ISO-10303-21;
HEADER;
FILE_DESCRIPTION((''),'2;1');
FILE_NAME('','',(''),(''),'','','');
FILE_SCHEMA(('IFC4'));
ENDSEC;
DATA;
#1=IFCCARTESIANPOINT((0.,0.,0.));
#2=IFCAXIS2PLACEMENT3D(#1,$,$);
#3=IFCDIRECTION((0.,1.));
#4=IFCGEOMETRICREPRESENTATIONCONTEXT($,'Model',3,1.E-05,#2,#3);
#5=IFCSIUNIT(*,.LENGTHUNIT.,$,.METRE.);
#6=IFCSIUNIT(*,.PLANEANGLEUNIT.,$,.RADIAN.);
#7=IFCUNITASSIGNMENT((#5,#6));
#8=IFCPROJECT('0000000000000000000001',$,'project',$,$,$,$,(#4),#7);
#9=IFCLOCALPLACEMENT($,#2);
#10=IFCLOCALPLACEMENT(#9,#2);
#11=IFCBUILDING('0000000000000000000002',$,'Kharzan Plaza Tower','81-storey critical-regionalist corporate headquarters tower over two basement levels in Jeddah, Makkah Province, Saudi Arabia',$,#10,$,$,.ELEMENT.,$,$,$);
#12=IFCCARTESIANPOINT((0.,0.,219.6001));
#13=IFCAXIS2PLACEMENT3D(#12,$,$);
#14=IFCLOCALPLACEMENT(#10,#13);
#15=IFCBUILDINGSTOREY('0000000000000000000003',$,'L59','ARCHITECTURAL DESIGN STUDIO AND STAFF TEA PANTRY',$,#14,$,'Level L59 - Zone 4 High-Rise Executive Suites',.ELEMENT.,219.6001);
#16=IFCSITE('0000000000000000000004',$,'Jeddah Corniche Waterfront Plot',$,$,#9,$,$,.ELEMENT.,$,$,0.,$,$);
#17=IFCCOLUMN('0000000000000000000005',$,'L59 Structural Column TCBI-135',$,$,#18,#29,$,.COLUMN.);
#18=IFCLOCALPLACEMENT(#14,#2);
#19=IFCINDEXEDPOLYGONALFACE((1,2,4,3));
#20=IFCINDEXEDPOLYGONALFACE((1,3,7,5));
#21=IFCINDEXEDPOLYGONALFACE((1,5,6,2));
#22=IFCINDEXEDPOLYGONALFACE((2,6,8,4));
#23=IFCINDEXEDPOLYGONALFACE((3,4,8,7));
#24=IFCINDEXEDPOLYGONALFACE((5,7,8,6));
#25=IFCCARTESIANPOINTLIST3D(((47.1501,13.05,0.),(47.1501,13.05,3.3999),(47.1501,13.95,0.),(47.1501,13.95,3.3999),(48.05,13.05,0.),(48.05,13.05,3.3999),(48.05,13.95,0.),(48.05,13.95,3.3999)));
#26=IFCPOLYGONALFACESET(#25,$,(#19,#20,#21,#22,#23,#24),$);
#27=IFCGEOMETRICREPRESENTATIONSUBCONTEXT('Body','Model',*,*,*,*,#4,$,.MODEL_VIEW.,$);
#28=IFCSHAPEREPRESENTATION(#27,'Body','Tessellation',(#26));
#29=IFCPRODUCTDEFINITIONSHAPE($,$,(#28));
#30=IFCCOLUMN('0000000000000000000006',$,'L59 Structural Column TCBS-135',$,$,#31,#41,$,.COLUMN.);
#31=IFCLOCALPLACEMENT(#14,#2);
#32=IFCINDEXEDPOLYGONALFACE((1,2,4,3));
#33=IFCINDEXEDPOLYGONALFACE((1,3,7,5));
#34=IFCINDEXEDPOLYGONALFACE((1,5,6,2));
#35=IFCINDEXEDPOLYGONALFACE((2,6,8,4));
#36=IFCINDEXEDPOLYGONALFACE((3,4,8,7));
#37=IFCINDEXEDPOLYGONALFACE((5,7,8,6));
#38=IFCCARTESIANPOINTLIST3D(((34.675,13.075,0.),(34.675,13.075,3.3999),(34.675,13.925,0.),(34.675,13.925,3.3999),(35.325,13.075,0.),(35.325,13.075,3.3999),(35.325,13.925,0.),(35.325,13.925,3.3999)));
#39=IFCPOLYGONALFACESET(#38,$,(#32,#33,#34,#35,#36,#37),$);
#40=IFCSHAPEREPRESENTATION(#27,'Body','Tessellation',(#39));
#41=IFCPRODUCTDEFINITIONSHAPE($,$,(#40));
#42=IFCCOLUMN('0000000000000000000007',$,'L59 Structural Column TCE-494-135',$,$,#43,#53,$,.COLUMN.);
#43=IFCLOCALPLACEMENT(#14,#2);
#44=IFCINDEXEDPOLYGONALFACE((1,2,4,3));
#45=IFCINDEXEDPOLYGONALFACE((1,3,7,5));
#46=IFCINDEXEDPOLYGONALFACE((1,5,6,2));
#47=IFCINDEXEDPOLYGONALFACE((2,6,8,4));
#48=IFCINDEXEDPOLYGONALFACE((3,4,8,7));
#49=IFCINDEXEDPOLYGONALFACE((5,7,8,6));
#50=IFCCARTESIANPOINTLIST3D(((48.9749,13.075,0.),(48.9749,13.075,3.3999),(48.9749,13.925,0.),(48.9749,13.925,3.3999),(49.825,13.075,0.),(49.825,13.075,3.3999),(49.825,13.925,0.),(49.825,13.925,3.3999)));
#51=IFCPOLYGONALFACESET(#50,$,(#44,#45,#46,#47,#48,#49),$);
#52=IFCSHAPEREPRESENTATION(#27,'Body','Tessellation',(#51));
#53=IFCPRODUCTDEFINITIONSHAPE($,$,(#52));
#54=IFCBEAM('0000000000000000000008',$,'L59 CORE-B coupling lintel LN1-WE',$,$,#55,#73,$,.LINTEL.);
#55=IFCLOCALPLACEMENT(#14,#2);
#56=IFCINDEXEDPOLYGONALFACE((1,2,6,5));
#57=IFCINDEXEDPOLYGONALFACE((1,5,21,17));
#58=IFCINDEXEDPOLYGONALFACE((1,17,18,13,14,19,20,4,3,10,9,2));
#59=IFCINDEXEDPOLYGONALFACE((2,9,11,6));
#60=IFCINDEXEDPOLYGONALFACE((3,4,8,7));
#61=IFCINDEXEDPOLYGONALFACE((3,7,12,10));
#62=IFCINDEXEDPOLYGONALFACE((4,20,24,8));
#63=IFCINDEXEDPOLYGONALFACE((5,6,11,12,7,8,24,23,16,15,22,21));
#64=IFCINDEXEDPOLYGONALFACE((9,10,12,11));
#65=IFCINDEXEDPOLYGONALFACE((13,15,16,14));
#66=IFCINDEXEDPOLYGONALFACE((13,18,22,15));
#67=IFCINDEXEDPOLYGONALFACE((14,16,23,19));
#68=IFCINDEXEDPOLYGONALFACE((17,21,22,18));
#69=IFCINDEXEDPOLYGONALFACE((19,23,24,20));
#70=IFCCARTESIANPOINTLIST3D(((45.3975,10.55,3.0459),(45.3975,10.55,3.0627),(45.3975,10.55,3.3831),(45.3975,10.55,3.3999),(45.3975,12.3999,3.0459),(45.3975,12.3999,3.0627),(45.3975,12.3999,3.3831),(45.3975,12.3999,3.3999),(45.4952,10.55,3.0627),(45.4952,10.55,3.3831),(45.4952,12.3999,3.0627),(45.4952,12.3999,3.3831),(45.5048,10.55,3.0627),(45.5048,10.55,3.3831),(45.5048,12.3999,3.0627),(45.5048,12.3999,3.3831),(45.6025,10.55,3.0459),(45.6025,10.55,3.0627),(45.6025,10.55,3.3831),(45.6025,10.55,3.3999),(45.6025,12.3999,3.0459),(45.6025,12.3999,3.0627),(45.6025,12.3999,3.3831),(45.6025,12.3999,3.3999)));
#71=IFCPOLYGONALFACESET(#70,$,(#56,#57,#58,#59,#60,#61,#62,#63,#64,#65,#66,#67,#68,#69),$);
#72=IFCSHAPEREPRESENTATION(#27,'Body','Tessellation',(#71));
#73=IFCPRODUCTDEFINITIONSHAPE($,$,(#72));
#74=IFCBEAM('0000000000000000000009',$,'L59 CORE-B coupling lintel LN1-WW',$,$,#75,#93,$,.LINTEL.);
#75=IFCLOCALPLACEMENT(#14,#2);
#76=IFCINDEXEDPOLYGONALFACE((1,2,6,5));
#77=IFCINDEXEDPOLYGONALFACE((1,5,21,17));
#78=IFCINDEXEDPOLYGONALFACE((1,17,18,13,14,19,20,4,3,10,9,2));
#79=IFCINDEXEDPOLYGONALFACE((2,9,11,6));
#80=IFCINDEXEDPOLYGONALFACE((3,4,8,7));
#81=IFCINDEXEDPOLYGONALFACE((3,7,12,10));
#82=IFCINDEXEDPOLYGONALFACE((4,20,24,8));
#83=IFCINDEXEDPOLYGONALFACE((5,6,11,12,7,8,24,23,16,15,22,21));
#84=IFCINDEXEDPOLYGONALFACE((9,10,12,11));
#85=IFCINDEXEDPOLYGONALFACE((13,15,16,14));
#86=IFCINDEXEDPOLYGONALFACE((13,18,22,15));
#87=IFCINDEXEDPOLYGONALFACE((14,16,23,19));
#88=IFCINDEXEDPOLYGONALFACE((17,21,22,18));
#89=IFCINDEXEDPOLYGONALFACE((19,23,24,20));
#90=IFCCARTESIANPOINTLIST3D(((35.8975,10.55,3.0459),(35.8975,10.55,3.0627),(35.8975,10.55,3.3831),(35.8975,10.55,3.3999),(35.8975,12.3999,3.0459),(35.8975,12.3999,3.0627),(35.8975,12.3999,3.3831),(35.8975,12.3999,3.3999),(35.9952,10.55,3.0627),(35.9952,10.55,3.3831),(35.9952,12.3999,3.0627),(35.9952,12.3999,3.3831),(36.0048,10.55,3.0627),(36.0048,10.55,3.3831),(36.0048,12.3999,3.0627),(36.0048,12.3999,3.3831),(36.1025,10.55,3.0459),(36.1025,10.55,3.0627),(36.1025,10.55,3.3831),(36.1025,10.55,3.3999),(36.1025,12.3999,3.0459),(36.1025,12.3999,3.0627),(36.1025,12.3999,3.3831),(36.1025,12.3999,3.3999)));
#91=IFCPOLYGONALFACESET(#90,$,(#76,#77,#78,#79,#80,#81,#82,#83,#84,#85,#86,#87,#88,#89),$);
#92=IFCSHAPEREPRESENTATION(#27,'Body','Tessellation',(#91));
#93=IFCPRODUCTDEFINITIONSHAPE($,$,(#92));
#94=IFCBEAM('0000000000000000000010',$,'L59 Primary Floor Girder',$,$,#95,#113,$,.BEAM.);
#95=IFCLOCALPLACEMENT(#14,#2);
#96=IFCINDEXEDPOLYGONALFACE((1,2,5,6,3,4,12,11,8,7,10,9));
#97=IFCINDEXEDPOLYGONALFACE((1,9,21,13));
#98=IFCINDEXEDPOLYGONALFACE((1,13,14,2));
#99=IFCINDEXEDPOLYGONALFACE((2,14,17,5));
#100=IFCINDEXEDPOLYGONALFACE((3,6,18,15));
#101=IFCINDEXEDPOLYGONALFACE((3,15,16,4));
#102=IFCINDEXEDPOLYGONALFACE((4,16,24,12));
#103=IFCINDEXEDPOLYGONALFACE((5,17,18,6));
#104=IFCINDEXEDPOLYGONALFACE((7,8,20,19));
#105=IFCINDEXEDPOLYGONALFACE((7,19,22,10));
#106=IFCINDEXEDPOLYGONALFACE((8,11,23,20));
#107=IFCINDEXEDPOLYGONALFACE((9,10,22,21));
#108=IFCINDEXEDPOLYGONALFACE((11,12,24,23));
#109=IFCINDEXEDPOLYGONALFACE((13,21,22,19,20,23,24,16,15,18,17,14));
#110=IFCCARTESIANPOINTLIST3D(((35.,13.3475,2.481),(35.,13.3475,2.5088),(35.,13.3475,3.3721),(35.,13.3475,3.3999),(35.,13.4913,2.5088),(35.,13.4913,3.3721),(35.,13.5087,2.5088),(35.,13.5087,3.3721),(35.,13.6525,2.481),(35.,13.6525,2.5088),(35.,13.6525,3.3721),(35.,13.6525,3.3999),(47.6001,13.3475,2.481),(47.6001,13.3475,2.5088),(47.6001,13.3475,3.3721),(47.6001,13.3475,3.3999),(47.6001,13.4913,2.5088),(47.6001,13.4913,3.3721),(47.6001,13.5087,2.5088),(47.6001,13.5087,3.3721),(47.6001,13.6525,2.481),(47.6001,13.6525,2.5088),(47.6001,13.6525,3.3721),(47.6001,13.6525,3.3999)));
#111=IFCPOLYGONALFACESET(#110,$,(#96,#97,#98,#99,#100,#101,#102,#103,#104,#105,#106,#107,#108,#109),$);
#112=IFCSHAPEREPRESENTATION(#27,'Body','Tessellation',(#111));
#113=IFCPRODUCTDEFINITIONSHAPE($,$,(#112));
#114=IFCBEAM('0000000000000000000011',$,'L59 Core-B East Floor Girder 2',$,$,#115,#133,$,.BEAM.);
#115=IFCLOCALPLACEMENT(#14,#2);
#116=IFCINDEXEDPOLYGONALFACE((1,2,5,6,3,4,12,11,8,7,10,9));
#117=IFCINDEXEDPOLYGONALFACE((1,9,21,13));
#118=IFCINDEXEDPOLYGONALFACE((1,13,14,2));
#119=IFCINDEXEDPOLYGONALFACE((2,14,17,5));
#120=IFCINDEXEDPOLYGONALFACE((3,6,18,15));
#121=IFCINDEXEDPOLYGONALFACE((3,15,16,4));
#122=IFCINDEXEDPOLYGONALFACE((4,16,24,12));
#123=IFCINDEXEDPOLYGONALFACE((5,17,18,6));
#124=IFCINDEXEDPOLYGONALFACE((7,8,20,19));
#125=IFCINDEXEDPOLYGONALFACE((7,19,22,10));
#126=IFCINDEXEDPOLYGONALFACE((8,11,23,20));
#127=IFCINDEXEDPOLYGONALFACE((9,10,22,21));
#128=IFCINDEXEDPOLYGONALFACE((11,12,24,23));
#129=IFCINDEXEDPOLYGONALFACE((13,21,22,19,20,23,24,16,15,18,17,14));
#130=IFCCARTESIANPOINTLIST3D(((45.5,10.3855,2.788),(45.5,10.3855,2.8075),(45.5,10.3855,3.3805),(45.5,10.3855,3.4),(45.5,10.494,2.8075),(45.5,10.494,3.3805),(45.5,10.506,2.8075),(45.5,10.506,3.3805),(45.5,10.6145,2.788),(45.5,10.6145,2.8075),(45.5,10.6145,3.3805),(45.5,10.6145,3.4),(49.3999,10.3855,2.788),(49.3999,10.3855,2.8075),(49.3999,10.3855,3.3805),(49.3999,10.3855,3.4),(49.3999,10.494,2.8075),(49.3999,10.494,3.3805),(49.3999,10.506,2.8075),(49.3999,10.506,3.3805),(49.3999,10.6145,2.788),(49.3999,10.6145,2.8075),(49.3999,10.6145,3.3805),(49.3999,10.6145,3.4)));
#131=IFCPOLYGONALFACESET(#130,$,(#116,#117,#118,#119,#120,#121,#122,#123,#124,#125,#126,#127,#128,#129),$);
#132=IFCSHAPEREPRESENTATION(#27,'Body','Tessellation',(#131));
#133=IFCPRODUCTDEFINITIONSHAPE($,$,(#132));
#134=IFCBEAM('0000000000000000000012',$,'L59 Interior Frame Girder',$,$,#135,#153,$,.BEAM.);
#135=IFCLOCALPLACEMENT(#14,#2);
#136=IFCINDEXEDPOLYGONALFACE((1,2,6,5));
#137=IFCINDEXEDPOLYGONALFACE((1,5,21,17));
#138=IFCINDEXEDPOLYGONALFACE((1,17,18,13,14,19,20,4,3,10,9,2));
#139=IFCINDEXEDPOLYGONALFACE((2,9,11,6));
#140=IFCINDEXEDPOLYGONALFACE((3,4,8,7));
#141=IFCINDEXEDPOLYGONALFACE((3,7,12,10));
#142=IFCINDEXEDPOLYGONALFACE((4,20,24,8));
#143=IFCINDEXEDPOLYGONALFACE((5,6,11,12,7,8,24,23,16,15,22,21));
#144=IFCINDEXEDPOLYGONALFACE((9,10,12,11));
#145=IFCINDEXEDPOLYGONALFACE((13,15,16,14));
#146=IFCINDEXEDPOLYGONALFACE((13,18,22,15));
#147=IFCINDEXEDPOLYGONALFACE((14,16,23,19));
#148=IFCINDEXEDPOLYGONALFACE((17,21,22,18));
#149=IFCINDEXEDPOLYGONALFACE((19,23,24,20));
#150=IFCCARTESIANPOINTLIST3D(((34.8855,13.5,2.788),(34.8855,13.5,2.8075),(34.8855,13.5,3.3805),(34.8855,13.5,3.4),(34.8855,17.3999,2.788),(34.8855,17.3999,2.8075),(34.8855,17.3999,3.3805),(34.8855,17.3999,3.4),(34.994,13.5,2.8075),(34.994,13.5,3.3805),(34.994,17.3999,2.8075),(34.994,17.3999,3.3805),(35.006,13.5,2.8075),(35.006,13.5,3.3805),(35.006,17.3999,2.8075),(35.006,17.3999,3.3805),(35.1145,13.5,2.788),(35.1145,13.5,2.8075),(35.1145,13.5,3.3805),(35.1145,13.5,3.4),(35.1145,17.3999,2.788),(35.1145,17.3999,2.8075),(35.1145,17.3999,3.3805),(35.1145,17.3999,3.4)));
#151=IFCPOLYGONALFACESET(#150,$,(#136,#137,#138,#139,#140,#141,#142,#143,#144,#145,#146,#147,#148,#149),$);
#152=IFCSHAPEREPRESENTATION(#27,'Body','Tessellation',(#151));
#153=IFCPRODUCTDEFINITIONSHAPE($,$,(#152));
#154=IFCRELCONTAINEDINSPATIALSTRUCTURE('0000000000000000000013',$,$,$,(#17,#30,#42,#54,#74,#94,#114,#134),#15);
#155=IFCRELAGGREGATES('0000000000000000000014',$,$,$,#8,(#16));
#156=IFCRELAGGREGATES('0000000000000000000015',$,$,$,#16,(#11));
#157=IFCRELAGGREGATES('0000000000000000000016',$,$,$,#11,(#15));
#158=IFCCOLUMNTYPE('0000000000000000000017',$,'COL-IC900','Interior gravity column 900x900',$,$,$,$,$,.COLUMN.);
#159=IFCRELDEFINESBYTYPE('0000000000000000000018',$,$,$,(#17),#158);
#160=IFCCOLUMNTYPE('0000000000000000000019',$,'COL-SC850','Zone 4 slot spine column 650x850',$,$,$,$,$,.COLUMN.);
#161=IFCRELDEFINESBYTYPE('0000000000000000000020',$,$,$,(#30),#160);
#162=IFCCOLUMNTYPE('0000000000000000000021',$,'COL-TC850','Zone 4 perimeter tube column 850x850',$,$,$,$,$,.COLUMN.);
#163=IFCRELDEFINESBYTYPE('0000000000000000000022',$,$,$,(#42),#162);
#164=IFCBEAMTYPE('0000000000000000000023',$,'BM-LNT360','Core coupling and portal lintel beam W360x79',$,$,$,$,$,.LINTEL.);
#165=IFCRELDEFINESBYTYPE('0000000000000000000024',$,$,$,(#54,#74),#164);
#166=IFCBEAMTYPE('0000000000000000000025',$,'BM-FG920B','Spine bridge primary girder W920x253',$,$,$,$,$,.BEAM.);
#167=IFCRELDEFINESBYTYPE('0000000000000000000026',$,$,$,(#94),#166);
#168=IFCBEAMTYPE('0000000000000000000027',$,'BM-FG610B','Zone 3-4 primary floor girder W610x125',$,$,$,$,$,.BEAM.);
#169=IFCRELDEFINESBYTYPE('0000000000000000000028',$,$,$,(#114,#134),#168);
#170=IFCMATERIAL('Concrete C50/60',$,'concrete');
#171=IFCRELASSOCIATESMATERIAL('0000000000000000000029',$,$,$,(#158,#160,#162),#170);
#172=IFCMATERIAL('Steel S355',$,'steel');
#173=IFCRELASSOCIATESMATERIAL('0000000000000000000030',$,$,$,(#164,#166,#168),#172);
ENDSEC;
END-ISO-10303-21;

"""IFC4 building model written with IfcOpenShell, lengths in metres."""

from ifc_helpers import new_model, si_unit, direction, frame, origin, origin_2d, place, context, subcontext, project, spatial, rectangle, i_section, extrude, source, transform, mapped, material, material_profile, profile_set, type_object, element, save


model = new_model("IFC4")

# Units and contexts
model_context = context("Model", 3, precision=1e-05, world=origin(), true_north=direction((0.0, 1.0)))
body_context = subcontext(model_context, "Body", "Model", "MODEL_VIEW")
ifc_project = project(units=[si_unit("LENGTHUNIT", "METRE"), si_unit("PLANEANGLEUNIT", "RADIAN")], contexts=[model_context])

# Site, building, storey
site_placement = place(None, origin())
site = spatial("IfcSite", under=ifc_project, at=site_placement, Name="Jeddah Corniche Waterfront Plot", CompositionType="ELEMENT", RefElevation=0.0)
building_placement = place(site_placement, origin())
building = spatial("IfcBuilding", under=site, at=building_placement, Name="Kharzan Plaza Tower", Description="81-storey critical-regionalist corporate headquarters tower over two basement levels in Jeddah, Makkah Province, Saudi Arabia", CompositionType="ELEMENT")
storey_placement = place(building_placement, frame((0.0, 0.0, 219.6001)))
storey = spatial("IfcBuildingStorey", under=building, at=storey_placement, Name="L59", Description="ARCHITECTURAL DESIGN STUDIO AND STAFF TEA PANTRY", LongName="Level L59 - Zone 4 High-Rise Executive Suites", CompositionType="ELEMENT", Elevation=219.6001)

# Columns
ifc_material_1 = material(Name="Concrete C50/60", Category="concrete")
ifc_material_profile_1 = material_profile(ifc_material_1, rectangle(XDim=0.8999, YDim=0.8999, at=origin_2d()), Name="RC-IC900x900")
ifc_profile_set_1 = profile_set([ifc_material_profile_1], Name="Concrete C50/60")
column_type_1 = type_object("IfcColumnType", Name="COL-IC900", Description="Interior gravity column 900x900", PredefinedType="COLUMN", material=ifc_profile_set_1)
shared_shape_1 = source(origin(), body_context, "Body", "SweptSolid", [
    extrude(rectangle(XDim=0.8999, YDim=0.8999, at=origin_2d()), origin(), (0.0, 0.0, 1.0), 3.3999),
])
column_1_placement = place(storey_placement, frame((47.6001, 13.5, 0.0), z_axis=(0.0, 0.0, 1.0), x_axis=(1.0, 0.0, 0.0)))
element("IfcColumn", 1, at=column_1_placement, inside=storey, type_object=column_type_1, Name="L59 Structural Column TCBI-135", PredefinedType="COLUMN", context=body_context, shape_type="MappedRepresentation", body=[
    mapped(shared_shape_1, transform((0.0, 0.0, 0.0), x_axis=(1.0, 0.0, 0.0), y_axis=(0.0, 1.0, 0.0), z_axis=(0.0, 0.0, 1.0))),
])
ifc_material_profile_2 = material_profile(ifc_material_1, rectangle(XDim=0.6499, YDim=0.8501, at=origin_2d()), Name="RC-SC850x650")
ifc_profile_set_2 = profile_set([ifc_material_profile_2], Name="Concrete C50/60")
column_type_2 = type_object("IfcColumnType", Name="COL-SC850", Description="Zone 4 slot spine column 650x850", PredefinedType="COLUMN", material=ifc_profile_set_2)
shared_shape_2 = source(origin(), body_context, "Body", "SweptSolid", [
    extrude(rectangle(XDim=0.6499, YDim=0.8501, at=origin_2d()), origin(), (0.0, 0.0, 1.0), 3.3999),
])
column_2_placement = place(storey_placement, frame((35.0, 13.5, 0.0), z_axis=(0.0, 0.0, 1.0), x_axis=(1.0, 0.0, 0.0)))
element("IfcColumn", 2, at=column_2_placement, inside=storey, type_object=column_type_2, Name="L59 Structural Column TCBS-135", PredefinedType="COLUMN", context=body_context, shape_type="MappedRepresentation", body=[
    mapped(shared_shape_2, transform((0.0, 0.0, 0.0), x_axis=(1.0, 0.0, 0.0), y_axis=(0.0, 1.0, 0.0), z_axis=(0.0, 0.0, 1.0))),
])
ifc_material_profile_3 = material_profile(ifc_material_1, rectangle(XDim=0.8501, YDim=0.8501, at=origin_2d()), Name="RC-TC850x850")
ifc_profile_set_3 = profile_set([ifc_material_profile_3], Name="Concrete C50/60")
column_type_3 = type_object("IfcColumnType", Name="COL-TC850", Description="Zone 4 perimeter tube column 850x850", PredefinedType="COLUMN", material=ifc_profile_set_3)
shared_shape_3 = source(origin(), body_context, "Body", "SweptSolid", [
    extrude(rectangle(XDim=0.8501, YDim=0.8501, at=origin_2d()), origin(), (0.0, 0.0, 1.0), 3.3999),
])
column_3_placement = place(storey_placement, frame((49.3999, 13.5, 0.0), z_axis=(0.0, 0.0, 1.0), x_axis=(1.0, 0.0, 0.0)))
element("IfcColumn", 3, at=column_3_placement, inside=storey, type_object=column_type_3, Name="L59 Structural Column TCE-494-135", PredefinedType="COLUMN", context=body_context, shape_type="MappedRepresentation", body=[
    mapped(shared_shape_3, transform((0.0, 0.0, 0.0), x_axis=(1.0, 0.0, 0.0), y_axis=(0.0, 1.0, 0.0), z_axis=(0.0, 0.0, 1.0))),
])

# Beams
ifc_material_2 = material(Name="Steel S355", Category="steel")
ifc_material_profile_4 = material_profile(ifc_material_2, i_section(OverallWidth=0.2051, OverallDepth=0.354, WebThickness=0.0095, FlangeThickness=0.0168, at=origin_2d()), Name="W360x79")
ifc_profile_set_4 = profile_set([ifc_material_profile_4], Name="Steel S355")
beam_type_1 = type_object("IfcBeamType", Name="BM-LNT360", Description="Core coupling and portal lintel beam W360x79", PredefinedType="LINTEL", material=ifc_profile_set_4)
shared_shape_4 = source(origin(), body_context, "Body", "SweptSolid", [
    extrude(i_section(OverallWidth=0.2051, OverallDepth=0.354, WebThickness=0.0095, FlangeThickness=0.0168, at=origin_2d()), origin(), (0.0, 0.0, 1.0), 1.8499),
])
for number, where, z_axis, x_axis, name in (
    (4, (45.5, 10.55, 3.2229), (0.0, 1.0, 0.0), (-1.0, 0.0, 0.0), "L59 CORE-B coupling lintel LN1-WE"),
    (5, (36.0, 10.55, 3.2229), (0.0, 1.0, 0.0), (-1.0, 0.0, 0.0), "L59 CORE-B coupling lintel LN1-WW"),
):
    element("IfcBeam", number, at=place(storey_placement, frame(where, z_axis=z_axis, x_axis=x_axis)), inside=storey, type_object=beam_type_1, Name=name, PredefinedType="LINTEL", context=body_context, shape_type="MappedRepresentation", body=[
        mapped(shared_shape_4, transform((0.0, 0.0, 0.0), x_axis=(1.0, 0.0, 0.0), y_axis=(0.0, 1.0, 0.0), z_axis=(0.0, 0.0, 1.0))),
    ])
ifc_material_profile_5 = material_profile(ifc_material_2, i_section(OverallWidth=0.3049, OverallDepth=0.9189, WebThickness=0.0173, FlangeThickness=0.0278, at=origin_2d()), Name="W920x253")
ifc_profile_set_5 = profile_set([ifc_material_profile_5], Name="Steel S355")
beam_type_2 = type_object("IfcBeamType", Name="BM-FG920B", Description="Spine bridge primary girder W920x253", PredefinedType="BEAM", material=ifc_profile_set_5)
shared_shape_5 = source(origin(), body_context, "Body", "SweptSolid", [
    extrude(i_section(OverallWidth=0.3049, OverallDepth=0.9189, WebThickness=0.0173, FlangeThickness=0.0278, at=origin_2d()), origin(), (0.0, 0.0, 1.0), 12.6001),
])
beam_1_placement = place(storey_placement, frame((35.0, 13.5, 2.9404), z_axis=(1.0, 0.0, 0.0), x_axis=(0.0, 1.0, 0.0)))
element("IfcBeam", 6, at=beam_1_placement, inside=storey, type_object=beam_type_2, Name="L59 Primary Floor Girder", PredefinedType="BEAM", context=body_context, shape_type="MappedRepresentation", body=[
    mapped(shared_shape_5, transform((0.0, 0.0, 0.0), x_axis=(1.0, 0.0, 0.0), y_axis=(0.0, 1.0, 0.0), z_axis=(0.0, 0.0, 1.0))),
])
ifc_material_profile_6 = material_profile(ifc_material_2, i_section(OverallWidth=0.229, OverallDepth=0.6121, WebThickness=0.012, FlangeThickness=0.0195, at=origin_2d()), Name="W610x125")
ifc_profile_set_6 = profile_set([ifc_material_profile_6], Name="Steel S355")
beam_type_3 = type_object("IfcBeamType", Name="BM-FG610B", Description="Zone 3-4 primary floor girder W610x125", PredefinedType="BEAM", material=ifc_profile_set_6)
shared_shape_6 = source(origin(), body_context, "Body", "SweptSolid", [
    extrude(i_section(OverallWidth=0.229, OverallDepth=0.6121, WebThickness=0.012, FlangeThickness=0.0195, at=origin_2d()), origin(), (0.0, 0.0, 1.0), 3.8999),
])
for number, where, z_axis, x_axis, name in (
    (7, (45.5, 10.5, 3.094), (1.0, 0.0, 0.0), (0.0, 1.0, 0.0), "L59 Core-B East Floor Girder 2"),
    (8, (35.0, 13.5, 3.094), (0.0, 1.0, 0.0), (-1.0, 0.0, 0.0), "L59 Interior Frame Girder"),
):
    element("IfcBeam", number, at=place(storey_placement, frame(where, z_axis=z_axis, x_axis=x_axis)), inside=storey, type_object=beam_type_3, Name=name, PredefinedType="BEAM", context=body_context, shape_type="MappedRepresentation", body=[
        mapped(shared_shape_6, transform((0.0, 0.0, 0.0), x_axis=(1.0, 0.0, 0.0), y_axis=(0.0, 1.0, 0.0), z_axis=(0.0, 0.0, 1.0))),
    ])

save(model, "model.ifc")
